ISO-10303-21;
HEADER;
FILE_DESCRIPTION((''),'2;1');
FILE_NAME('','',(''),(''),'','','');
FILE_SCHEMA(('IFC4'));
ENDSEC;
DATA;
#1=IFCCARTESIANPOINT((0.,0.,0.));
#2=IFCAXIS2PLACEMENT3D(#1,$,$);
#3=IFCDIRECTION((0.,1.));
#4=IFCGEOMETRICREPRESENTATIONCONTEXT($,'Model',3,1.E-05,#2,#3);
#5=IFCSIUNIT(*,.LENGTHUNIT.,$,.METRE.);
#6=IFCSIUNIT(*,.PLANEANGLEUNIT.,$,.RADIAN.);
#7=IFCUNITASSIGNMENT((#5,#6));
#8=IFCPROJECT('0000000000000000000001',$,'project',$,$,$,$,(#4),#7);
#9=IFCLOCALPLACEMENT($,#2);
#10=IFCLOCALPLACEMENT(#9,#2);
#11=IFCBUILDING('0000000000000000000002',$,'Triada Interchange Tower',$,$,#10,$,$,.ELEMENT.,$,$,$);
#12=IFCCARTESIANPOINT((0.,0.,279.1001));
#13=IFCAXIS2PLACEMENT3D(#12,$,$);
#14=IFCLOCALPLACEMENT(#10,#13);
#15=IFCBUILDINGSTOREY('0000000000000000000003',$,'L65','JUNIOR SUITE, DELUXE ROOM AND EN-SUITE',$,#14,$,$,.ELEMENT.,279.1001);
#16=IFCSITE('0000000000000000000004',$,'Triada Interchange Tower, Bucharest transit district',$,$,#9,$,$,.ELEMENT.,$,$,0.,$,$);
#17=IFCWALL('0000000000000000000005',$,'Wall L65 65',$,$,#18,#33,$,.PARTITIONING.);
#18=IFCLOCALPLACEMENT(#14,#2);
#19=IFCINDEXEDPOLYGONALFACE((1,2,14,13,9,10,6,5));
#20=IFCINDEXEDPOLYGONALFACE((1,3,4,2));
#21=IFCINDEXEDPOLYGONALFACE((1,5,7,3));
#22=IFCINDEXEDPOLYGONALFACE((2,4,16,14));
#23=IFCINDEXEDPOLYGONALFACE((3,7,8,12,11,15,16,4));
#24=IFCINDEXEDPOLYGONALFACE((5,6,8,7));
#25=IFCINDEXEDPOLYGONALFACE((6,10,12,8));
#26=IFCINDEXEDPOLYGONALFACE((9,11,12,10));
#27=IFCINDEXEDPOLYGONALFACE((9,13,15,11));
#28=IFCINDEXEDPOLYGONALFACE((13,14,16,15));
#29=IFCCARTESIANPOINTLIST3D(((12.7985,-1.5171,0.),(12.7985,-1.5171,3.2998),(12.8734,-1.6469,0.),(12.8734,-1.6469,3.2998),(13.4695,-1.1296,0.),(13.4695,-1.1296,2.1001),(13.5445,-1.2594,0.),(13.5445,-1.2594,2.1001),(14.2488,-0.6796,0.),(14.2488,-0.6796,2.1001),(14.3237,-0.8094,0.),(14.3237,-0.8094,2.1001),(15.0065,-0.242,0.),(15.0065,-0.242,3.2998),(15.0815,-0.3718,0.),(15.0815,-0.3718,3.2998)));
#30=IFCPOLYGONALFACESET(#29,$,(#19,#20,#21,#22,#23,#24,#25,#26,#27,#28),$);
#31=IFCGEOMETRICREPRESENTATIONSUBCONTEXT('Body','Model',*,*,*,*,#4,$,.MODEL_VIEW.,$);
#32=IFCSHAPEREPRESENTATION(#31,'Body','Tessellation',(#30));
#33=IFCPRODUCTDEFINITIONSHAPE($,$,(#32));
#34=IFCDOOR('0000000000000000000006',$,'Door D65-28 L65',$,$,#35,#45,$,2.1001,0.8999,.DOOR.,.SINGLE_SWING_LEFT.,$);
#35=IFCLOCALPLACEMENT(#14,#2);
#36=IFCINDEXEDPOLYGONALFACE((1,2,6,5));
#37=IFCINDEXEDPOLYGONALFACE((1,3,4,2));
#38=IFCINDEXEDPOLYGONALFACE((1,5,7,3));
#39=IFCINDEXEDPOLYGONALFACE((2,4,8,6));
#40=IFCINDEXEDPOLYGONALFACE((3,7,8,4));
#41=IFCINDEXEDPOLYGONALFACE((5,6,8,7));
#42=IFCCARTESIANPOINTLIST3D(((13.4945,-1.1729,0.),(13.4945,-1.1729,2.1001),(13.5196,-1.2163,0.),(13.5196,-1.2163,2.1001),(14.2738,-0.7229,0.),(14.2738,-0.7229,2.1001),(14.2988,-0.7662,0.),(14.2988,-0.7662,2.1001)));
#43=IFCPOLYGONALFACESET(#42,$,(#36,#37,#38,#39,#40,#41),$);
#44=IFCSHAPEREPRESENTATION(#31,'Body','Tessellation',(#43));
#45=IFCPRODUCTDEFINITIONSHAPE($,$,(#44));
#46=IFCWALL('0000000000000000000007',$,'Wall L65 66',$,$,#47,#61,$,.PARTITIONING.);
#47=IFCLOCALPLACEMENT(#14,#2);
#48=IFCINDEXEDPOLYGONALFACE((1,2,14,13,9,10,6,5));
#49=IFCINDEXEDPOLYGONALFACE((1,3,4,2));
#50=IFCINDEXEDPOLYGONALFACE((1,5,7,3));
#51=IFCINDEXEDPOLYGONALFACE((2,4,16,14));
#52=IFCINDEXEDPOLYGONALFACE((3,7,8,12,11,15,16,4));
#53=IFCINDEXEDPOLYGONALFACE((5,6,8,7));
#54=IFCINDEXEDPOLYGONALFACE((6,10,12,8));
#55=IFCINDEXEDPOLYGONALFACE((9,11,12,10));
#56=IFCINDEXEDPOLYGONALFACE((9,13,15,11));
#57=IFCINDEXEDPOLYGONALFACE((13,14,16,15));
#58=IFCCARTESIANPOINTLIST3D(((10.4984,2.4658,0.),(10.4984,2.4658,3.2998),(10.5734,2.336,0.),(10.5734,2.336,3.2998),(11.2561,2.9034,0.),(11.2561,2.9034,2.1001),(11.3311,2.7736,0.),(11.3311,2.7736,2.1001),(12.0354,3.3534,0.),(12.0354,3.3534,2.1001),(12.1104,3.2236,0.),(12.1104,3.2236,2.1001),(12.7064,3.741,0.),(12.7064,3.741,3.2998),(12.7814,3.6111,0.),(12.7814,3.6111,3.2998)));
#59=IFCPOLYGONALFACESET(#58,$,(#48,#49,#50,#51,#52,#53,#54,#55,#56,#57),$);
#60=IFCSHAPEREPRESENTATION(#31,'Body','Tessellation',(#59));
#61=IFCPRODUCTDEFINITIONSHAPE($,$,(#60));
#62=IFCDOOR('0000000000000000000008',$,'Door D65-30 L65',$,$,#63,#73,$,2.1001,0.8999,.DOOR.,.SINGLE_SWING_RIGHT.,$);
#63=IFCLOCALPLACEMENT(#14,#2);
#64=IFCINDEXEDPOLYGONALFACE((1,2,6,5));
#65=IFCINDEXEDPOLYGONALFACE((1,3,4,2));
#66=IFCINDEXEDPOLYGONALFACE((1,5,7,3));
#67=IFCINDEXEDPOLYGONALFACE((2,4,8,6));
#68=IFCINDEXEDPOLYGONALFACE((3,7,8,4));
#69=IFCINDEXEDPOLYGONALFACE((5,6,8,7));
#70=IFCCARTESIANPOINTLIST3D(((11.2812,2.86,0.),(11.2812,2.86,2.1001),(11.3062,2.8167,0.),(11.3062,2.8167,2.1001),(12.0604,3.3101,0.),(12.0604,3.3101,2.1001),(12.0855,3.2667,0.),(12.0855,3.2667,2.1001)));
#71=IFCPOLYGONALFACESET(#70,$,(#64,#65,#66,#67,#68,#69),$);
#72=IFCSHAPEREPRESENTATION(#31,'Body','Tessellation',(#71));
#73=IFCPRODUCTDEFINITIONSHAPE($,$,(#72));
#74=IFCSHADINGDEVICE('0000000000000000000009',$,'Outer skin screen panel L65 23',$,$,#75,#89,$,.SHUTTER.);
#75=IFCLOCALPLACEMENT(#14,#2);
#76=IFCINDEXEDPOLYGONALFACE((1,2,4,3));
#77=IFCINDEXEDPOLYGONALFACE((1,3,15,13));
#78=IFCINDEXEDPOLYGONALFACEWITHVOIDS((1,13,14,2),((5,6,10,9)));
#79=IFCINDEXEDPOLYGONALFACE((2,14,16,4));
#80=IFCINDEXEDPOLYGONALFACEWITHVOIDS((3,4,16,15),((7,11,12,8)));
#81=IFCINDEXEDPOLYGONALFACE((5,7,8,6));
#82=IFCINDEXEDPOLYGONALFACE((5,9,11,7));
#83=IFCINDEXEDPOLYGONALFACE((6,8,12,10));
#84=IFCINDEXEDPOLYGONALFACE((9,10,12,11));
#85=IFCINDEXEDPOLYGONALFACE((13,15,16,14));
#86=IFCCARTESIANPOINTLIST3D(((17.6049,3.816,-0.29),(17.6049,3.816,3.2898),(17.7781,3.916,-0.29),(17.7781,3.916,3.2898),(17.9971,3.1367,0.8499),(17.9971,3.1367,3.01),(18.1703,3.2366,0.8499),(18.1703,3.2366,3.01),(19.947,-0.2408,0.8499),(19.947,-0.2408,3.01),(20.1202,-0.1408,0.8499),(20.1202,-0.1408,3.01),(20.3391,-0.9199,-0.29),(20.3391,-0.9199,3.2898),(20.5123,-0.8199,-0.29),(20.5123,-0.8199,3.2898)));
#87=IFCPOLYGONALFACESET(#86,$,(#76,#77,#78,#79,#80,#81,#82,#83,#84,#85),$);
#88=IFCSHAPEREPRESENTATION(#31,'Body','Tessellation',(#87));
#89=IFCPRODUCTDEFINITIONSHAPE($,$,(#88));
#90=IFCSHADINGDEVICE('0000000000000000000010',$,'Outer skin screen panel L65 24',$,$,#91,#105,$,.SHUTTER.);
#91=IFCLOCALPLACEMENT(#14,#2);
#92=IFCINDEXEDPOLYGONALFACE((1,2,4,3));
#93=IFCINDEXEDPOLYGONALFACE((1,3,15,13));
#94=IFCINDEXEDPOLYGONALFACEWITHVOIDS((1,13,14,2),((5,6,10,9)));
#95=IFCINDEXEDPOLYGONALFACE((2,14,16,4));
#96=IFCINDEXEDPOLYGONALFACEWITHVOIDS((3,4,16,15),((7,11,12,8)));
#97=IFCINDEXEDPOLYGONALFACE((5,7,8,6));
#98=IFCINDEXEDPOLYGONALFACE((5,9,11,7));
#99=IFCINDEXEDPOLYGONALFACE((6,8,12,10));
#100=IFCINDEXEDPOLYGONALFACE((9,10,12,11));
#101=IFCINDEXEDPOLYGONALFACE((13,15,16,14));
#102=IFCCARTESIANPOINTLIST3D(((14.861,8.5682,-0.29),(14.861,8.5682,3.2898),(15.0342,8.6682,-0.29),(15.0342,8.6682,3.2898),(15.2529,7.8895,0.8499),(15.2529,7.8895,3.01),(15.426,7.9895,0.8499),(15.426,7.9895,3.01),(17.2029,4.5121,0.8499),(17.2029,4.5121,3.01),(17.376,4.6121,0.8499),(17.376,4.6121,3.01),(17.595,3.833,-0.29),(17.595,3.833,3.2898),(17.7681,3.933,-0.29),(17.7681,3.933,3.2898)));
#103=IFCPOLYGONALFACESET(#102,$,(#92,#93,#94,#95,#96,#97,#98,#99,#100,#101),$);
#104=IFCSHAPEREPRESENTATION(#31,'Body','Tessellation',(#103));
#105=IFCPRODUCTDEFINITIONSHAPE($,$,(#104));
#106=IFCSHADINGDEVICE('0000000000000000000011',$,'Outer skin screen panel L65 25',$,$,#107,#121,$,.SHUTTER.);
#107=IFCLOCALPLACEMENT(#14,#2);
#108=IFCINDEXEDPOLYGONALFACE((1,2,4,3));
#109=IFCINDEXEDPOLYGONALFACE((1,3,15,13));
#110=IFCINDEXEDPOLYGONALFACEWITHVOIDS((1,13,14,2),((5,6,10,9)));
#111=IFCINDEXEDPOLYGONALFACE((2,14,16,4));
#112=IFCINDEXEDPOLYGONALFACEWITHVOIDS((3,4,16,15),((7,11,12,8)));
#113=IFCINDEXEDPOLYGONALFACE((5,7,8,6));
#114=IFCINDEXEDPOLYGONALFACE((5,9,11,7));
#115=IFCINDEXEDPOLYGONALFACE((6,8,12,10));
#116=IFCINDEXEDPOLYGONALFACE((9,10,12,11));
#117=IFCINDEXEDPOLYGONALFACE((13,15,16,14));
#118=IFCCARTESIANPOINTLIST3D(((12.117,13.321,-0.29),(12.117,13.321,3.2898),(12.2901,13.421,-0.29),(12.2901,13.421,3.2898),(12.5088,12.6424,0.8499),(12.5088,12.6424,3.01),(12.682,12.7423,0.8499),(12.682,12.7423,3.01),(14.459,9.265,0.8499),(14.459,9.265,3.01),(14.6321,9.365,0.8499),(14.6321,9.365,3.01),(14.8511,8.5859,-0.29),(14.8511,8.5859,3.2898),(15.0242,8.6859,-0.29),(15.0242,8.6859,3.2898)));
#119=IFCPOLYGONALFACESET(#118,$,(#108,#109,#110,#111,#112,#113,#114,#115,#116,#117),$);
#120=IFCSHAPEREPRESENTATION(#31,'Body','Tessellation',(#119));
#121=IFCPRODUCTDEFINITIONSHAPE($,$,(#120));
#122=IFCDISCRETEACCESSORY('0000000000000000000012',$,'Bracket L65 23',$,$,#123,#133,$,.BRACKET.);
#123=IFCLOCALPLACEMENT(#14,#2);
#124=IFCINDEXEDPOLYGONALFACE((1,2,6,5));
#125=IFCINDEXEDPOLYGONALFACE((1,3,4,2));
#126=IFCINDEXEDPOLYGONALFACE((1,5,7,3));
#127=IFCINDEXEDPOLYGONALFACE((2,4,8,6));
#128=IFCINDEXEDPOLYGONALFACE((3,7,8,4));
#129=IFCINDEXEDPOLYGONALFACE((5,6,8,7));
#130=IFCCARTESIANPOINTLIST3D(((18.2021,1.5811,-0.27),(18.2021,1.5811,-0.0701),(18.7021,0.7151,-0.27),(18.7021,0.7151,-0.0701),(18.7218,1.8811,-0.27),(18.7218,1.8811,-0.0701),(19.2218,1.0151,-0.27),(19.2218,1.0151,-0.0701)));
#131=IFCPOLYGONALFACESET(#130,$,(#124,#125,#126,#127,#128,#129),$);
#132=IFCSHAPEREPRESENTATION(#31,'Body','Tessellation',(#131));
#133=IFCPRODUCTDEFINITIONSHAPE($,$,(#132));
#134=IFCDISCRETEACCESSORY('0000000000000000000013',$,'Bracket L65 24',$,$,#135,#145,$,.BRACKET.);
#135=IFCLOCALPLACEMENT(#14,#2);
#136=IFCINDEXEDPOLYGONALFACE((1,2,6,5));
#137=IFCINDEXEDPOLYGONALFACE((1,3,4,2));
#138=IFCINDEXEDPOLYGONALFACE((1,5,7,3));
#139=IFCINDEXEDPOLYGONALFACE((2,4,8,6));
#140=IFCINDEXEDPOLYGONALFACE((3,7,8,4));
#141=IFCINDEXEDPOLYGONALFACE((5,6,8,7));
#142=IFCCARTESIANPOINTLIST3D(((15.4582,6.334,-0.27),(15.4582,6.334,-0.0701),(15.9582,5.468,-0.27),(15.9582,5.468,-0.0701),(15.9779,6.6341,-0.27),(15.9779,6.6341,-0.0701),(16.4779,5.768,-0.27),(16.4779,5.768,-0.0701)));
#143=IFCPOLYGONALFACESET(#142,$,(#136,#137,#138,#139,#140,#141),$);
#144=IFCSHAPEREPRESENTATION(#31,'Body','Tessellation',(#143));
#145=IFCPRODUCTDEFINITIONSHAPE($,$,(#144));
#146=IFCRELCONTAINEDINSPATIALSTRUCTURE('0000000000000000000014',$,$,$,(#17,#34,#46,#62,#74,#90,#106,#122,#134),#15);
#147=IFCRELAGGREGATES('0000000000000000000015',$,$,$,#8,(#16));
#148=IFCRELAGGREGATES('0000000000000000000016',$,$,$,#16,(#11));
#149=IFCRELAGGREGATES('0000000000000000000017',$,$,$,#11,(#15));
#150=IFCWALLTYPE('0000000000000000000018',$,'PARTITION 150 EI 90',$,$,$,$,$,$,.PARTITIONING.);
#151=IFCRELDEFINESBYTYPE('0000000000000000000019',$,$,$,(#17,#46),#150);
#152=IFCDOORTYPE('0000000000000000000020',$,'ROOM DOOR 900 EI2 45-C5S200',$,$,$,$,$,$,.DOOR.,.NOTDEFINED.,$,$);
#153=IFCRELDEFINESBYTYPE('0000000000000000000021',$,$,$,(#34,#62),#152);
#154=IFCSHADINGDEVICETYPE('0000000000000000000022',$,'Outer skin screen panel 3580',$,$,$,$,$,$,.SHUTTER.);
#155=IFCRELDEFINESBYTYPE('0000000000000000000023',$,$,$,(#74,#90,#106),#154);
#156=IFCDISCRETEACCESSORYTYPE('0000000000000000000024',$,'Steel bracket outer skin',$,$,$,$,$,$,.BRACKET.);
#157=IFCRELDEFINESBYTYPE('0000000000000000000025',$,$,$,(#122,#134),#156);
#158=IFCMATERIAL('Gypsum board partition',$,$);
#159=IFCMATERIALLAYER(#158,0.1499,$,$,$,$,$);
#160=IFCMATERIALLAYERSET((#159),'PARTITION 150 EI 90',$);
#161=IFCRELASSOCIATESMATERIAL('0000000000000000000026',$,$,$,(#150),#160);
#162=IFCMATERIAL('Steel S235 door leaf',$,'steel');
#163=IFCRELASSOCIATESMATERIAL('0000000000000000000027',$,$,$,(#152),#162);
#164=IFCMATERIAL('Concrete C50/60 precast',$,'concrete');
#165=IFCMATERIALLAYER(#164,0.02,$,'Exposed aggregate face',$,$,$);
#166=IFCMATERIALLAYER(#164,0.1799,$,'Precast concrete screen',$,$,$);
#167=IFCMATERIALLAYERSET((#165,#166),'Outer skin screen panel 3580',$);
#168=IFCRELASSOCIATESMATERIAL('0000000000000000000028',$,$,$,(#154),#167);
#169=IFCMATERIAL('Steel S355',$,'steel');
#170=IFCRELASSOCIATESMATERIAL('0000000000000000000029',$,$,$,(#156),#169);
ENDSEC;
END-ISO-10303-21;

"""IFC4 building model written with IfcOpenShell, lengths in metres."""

from ifc_helpers import new_model, si_unit, direction, frame, frame_2d, origin, origin_2d, place, context, subcontext, project, spatial, polyline, rectangle, outline, extrude, material, layer, layer_set, type_object, element, fill, save


model = new_model("IFC4")

# Units and contexts
model_context = context("Model", 3, precision=1e-05, world=origin(), true_north=direction((0.0, 1.0)))
body_context = subcontext(model_context, "Body", "Model", "MODEL_VIEW")
ifc_project = project(units=[si_unit("LENGTHUNIT", "METRE"), si_unit("PLANEANGLEUNIT", "RADIAN")], contexts=[model_context])

# Site, building, storey
site_placement = place(None, origin())
site = spatial("IfcSite", under=ifc_project, at=site_placement, Name="Triada Interchange Tower, Bucharest transit district", CompositionType="ELEMENT", RefElevation=0.0)
building_placement = place(site_placement, origin())
building = spatial("IfcBuilding", under=site, at=building_placement, Name="Triada Interchange Tower", CompositionType="ELEMENT")
storey_placement = place(building_placement, frame((0.0, 0.0, 279.1001)))
storey = spatial("IfcBuildingStorey", under=building, at=storey_placement, Name="L65", Description="JUNIOR SUITE, DELUXE ROOM AND EN-SUITE", CompositionType="ELEMENT", Elevation=279.1001)

# Shared definitions
ifc_material_1 = material(Name="Gypsum board partition")

# Shared definitions
ifc_layer_1 = layer(ifc_material_1, 0.1499)
ifc_layer_set_1 = layer_set([ifc_layer_1], Name="PARTITION 150 EI 90")
wall_type_1 = type_object("IfcWallType", Name="PARTITION 150 EI 90", PredefinedType="PARTITIONING", material=ifc_layer_set_1)
ifc_material_2 = material(Name="Steel S235 door leaf", Category="steel")
door_type = type_object("IfcDoorType", Name="ROOM DOOR 900 EI2 45-C5S200", OperationType="NOTDEFINED", PredefinedType="DOOR", material=ifc_material_2)

# Walls, openings, doors
wall_1_placement = place(storey_placement, frame((12.8359, -1.582, 0.0), z_axis=(0.0, 0.0, 1.0), x_axis=(0.865966, 0.500104, 0.0)))
wall_1 = element("IfcWall", 1, at=wall_1_placement, inside=storey, type_object=wall_type_1, Name="Wall L65 65", PredefinedType="PARTITIONING", context=body_context, shape_type="SweptSolid", body=[
    extrude(rectangle(XDim=2.5498, YDim=0.1499, at=frame_2d((1.2749, 0.0))), origin(), (0.0, 0.0, 1.0), 3.2998),
])
opening_1_placement = place(wall_1_placement, frame((0.7749, 0.0, 0.0)))
opening_1 = element("IfcOpeningElement", 2, at=opening_1_placement, cuts=wall_1, PredefinedType="OPENING", context=body_context, shape_type="SweptSolid", body=[
    extrude(rectangle(XDim=0.8999, YDim=2.1001, at=frame_2d((0.45, 1.05))), frame((0.0, 0.085, 0.0), z_axis=(0.0, -1.0, 0.0), x_axis=(1.0, 0.0, 0.0)), (0.0, 0.0, 1.0), 0.1699),
])
door_1_placement = place(opening_1_placement, origin())
door_1 = element("IfcDoor", 3, at=door_1_placement, inside=storey, type_object=door_type, Name="Door D65-28 L65", OperationType="SINGLE_SWING_LEFT", OverallHeight=2.1001, OverallWidth=0.8999, PredefinedType="DOOR", context=body_context, shape_type="SweptSolid", body=[
    extrude(rectangle(XDim=0.8999, YDim=2.1001, at=frame_2d((0.45, 1.05))), frame((0.0, 0.0249, 0.0), z_axis=(0.0, -1.0, 0.0), x_axis=(1.0, 0.0, 0.0)), (0.0, 0.0, 1.0), 0.05),
])
fill(opening_1, door_1)
wall_2_placement = place(storey_placement, frame((10.5359, 2.4009, 0.0), z_axis=(0.0, 0.0, 1.0), x_axis=(0.865966, 0.500104, 0.0)))
wall_2 = element("IfcWall", 4, at=wall_2_placement, inside=storey, type_object=wall_type_1, Name="Wall L65 66", PredefinedType="PARTITIONING", context=body_context, shape_type="SweptSolid", body=[
    extrude(rectangle(XDim=2.5498, YDim=0.1499, at=frame_2d((1.2749, 0.0))), origin(), (0.0, 0.0, 1.0), 3.2998),
])
opening_2_placement = place(wall_2_placement, frame((0.875, 0.0, 0.0)))
opening_2 = element("IfcOpeningElement", 5, at=opening_2_placement, cuts=wall_2, PredefinedType="OPENING", context=body_context, shape_type="SweptSolid", body=[
    extrude(rectangle(XDim=0.8999, YDim=2.1001, at=frame_2d((0.45, 1.05))), frame((0.0, 0.085, 0.0), z_axis=(0.0, -1.0, 0.0), x_axis=(1.0, 0.0, 0.0)), (0.0, 0.0, 1.0), 0.1699),
])
door_2_placement = place(opening_2_placement, origin())
door_2 = element("IfcDoor", 6, at=door_2_placement, inside=storey, type_object=door_type, Name="Door D65-30 L65", OperationType="SINGLE_SWING_RIGHT", OverallHeight=2.1001, OverallWidth=0.8999, PredefinedType="DOOR", context=body_context, shape_type="SweptSolid", body=[
    extrude(rectangle(XDim=0.8999, YDim=2.1001, at=frame_2d((0.45, 1.05))), frame((0.0, 0.0249, 0.0), z_axis=(0.0, -1.0, 0.0), x_axis=(1.0, 0.0, 0.0)), (0.0, 0.0, 1.0), 0.05),
])
fill(opening_2, door_2)

# Shading devices
ifc_material_3 = material(Name="Concrete C50/60 precast", Category="concrete")
ifc_layer_2 = layer(ifc_material_3, 0.02, Name="Exposed aggregate face")
ifc_layer_3 = layer(ifc_material_3, 0.1799, Name="Precast concrete screen")
ifc_layer_set_2 = layer_set([ifc_layer_2, ifc_layer_3], Name="Outer skin screen panel 3580")
shading_device_type = type_object("IfcShadingDeviceType", Name="Outer skin screen panel 3580", PredefinedType="SHUTTER", material=ifc_layer_set_2)
shading_device_placement = place(storey_placement, frame((20.3391, -0.9199, -0.29), z_axis=(0.0, 0.0, 1.0), x_axis=(-0.499985, 0.866034, 0.0)))
element("IfcShadingDevice", 7, at=shading_device_placement, inside=storey, type_object=shading_device_type, Name="Outer skin screen panel L65 23", PredefinedType="SHUTTER", context=body_context, shape_type="SweptSolid", body=[
    extrude(outline(polyline([(0.0, 0.0), (5.4685, 0.0), (5.4685, 3.5798), (0.0, 3.5798), (0.0, 0.0)]), holes=[polyline([(0.7842, 1.1399), (0.7842, 3.3), (4.6841, 3.3), (4.6841, 1.1399), (0.7842, 1.1399)])]), frame((0.0, 0.0, 0.0), z_axis=(0.0, -1.0, 0.0), x_axis=(1.0, 0.0, 0.0)), (0.0, 0.0, 1.0), 0.2),
])
for number, where, z_axis, x_axis, name in (
    (8, (17.595, 3.833, -0.29), (0.0, 0.0, 1.0), (-0.50001, 0.86602, 0.0), "Outer skin screen panel L65 24"),
    (9, (14.8511, 8.5859, -0.29), (0.0, 0.0, 1.0), (-0.500043, 0.866, 0.0), "Outer skin screen panel L65 25"),
):
    element("IfcShadingDevice", number, at=place(storey_placement, frame(where, z_axis=z_axis, x_axis=x_axis)), inside=storey, type_object=shading_device_type, Name=name, PredefinedType="SHUTTER", context=body_context, shape_type="SweptSolid", body=[
        extrude(outline(polyline([(0.0, 0.0), (5.4678, 0.0), (5.4678, 3.5798), (0.0, 3.5798), (0.0, 0.0)]), holes=[polyline([(0.7842, 1.1399), (0.7842, 3.3), (4.6841, 3.3), (4.6841, 1.1399), (0.7842, 1.1399)])]), frame((0.0, 0.0, 0.0), z_axis=(0.0, -1.0, 0.0), x_axis=(1.0, 0.0, 0.0)), (0.0, 0.0, 1.0), 0.2),
    ])

# Discrete accessories
ifc_material_4 = material(Name="Steel S355", Category="steel")
discrete_accessory_type = type_object("IfcDiscreteAccessoryType", Name="Steel bracket outer skin", PredefinedType="BRACKET", material=ifc_material_4)
for number, where, z_axis, x_axis, name in (
    (10, (18.7119, 1.2981, -0.27), (0.0, 0.0, 1.0), (0.866024, 0.500002, 0.0), "Bracket L65 23"),
    (11, (15.968, 6.051, -0.27), (0.0, 0.0, 1.0), (0.866024, 0.500002, 0.0), "Bracket L65 24"),
):
    element("IfcDiscreteAccessory", number, at=place(storey_placement, frame(where, z_axis=z_axis, x_axis=x_axis)), inside=storey, type_object=discrete_accessory_type, Name=name, PredefinedType="BRACKET", context=body_context, shape_type="SweptSolid", body=[
        extrude(rectangle(XDim=0.6001, YDim=1.0, at=origin_2d()), origin(), (0.0, 0.0, 1.0), 0.2),
    ])

save(model, "model.ifc")
